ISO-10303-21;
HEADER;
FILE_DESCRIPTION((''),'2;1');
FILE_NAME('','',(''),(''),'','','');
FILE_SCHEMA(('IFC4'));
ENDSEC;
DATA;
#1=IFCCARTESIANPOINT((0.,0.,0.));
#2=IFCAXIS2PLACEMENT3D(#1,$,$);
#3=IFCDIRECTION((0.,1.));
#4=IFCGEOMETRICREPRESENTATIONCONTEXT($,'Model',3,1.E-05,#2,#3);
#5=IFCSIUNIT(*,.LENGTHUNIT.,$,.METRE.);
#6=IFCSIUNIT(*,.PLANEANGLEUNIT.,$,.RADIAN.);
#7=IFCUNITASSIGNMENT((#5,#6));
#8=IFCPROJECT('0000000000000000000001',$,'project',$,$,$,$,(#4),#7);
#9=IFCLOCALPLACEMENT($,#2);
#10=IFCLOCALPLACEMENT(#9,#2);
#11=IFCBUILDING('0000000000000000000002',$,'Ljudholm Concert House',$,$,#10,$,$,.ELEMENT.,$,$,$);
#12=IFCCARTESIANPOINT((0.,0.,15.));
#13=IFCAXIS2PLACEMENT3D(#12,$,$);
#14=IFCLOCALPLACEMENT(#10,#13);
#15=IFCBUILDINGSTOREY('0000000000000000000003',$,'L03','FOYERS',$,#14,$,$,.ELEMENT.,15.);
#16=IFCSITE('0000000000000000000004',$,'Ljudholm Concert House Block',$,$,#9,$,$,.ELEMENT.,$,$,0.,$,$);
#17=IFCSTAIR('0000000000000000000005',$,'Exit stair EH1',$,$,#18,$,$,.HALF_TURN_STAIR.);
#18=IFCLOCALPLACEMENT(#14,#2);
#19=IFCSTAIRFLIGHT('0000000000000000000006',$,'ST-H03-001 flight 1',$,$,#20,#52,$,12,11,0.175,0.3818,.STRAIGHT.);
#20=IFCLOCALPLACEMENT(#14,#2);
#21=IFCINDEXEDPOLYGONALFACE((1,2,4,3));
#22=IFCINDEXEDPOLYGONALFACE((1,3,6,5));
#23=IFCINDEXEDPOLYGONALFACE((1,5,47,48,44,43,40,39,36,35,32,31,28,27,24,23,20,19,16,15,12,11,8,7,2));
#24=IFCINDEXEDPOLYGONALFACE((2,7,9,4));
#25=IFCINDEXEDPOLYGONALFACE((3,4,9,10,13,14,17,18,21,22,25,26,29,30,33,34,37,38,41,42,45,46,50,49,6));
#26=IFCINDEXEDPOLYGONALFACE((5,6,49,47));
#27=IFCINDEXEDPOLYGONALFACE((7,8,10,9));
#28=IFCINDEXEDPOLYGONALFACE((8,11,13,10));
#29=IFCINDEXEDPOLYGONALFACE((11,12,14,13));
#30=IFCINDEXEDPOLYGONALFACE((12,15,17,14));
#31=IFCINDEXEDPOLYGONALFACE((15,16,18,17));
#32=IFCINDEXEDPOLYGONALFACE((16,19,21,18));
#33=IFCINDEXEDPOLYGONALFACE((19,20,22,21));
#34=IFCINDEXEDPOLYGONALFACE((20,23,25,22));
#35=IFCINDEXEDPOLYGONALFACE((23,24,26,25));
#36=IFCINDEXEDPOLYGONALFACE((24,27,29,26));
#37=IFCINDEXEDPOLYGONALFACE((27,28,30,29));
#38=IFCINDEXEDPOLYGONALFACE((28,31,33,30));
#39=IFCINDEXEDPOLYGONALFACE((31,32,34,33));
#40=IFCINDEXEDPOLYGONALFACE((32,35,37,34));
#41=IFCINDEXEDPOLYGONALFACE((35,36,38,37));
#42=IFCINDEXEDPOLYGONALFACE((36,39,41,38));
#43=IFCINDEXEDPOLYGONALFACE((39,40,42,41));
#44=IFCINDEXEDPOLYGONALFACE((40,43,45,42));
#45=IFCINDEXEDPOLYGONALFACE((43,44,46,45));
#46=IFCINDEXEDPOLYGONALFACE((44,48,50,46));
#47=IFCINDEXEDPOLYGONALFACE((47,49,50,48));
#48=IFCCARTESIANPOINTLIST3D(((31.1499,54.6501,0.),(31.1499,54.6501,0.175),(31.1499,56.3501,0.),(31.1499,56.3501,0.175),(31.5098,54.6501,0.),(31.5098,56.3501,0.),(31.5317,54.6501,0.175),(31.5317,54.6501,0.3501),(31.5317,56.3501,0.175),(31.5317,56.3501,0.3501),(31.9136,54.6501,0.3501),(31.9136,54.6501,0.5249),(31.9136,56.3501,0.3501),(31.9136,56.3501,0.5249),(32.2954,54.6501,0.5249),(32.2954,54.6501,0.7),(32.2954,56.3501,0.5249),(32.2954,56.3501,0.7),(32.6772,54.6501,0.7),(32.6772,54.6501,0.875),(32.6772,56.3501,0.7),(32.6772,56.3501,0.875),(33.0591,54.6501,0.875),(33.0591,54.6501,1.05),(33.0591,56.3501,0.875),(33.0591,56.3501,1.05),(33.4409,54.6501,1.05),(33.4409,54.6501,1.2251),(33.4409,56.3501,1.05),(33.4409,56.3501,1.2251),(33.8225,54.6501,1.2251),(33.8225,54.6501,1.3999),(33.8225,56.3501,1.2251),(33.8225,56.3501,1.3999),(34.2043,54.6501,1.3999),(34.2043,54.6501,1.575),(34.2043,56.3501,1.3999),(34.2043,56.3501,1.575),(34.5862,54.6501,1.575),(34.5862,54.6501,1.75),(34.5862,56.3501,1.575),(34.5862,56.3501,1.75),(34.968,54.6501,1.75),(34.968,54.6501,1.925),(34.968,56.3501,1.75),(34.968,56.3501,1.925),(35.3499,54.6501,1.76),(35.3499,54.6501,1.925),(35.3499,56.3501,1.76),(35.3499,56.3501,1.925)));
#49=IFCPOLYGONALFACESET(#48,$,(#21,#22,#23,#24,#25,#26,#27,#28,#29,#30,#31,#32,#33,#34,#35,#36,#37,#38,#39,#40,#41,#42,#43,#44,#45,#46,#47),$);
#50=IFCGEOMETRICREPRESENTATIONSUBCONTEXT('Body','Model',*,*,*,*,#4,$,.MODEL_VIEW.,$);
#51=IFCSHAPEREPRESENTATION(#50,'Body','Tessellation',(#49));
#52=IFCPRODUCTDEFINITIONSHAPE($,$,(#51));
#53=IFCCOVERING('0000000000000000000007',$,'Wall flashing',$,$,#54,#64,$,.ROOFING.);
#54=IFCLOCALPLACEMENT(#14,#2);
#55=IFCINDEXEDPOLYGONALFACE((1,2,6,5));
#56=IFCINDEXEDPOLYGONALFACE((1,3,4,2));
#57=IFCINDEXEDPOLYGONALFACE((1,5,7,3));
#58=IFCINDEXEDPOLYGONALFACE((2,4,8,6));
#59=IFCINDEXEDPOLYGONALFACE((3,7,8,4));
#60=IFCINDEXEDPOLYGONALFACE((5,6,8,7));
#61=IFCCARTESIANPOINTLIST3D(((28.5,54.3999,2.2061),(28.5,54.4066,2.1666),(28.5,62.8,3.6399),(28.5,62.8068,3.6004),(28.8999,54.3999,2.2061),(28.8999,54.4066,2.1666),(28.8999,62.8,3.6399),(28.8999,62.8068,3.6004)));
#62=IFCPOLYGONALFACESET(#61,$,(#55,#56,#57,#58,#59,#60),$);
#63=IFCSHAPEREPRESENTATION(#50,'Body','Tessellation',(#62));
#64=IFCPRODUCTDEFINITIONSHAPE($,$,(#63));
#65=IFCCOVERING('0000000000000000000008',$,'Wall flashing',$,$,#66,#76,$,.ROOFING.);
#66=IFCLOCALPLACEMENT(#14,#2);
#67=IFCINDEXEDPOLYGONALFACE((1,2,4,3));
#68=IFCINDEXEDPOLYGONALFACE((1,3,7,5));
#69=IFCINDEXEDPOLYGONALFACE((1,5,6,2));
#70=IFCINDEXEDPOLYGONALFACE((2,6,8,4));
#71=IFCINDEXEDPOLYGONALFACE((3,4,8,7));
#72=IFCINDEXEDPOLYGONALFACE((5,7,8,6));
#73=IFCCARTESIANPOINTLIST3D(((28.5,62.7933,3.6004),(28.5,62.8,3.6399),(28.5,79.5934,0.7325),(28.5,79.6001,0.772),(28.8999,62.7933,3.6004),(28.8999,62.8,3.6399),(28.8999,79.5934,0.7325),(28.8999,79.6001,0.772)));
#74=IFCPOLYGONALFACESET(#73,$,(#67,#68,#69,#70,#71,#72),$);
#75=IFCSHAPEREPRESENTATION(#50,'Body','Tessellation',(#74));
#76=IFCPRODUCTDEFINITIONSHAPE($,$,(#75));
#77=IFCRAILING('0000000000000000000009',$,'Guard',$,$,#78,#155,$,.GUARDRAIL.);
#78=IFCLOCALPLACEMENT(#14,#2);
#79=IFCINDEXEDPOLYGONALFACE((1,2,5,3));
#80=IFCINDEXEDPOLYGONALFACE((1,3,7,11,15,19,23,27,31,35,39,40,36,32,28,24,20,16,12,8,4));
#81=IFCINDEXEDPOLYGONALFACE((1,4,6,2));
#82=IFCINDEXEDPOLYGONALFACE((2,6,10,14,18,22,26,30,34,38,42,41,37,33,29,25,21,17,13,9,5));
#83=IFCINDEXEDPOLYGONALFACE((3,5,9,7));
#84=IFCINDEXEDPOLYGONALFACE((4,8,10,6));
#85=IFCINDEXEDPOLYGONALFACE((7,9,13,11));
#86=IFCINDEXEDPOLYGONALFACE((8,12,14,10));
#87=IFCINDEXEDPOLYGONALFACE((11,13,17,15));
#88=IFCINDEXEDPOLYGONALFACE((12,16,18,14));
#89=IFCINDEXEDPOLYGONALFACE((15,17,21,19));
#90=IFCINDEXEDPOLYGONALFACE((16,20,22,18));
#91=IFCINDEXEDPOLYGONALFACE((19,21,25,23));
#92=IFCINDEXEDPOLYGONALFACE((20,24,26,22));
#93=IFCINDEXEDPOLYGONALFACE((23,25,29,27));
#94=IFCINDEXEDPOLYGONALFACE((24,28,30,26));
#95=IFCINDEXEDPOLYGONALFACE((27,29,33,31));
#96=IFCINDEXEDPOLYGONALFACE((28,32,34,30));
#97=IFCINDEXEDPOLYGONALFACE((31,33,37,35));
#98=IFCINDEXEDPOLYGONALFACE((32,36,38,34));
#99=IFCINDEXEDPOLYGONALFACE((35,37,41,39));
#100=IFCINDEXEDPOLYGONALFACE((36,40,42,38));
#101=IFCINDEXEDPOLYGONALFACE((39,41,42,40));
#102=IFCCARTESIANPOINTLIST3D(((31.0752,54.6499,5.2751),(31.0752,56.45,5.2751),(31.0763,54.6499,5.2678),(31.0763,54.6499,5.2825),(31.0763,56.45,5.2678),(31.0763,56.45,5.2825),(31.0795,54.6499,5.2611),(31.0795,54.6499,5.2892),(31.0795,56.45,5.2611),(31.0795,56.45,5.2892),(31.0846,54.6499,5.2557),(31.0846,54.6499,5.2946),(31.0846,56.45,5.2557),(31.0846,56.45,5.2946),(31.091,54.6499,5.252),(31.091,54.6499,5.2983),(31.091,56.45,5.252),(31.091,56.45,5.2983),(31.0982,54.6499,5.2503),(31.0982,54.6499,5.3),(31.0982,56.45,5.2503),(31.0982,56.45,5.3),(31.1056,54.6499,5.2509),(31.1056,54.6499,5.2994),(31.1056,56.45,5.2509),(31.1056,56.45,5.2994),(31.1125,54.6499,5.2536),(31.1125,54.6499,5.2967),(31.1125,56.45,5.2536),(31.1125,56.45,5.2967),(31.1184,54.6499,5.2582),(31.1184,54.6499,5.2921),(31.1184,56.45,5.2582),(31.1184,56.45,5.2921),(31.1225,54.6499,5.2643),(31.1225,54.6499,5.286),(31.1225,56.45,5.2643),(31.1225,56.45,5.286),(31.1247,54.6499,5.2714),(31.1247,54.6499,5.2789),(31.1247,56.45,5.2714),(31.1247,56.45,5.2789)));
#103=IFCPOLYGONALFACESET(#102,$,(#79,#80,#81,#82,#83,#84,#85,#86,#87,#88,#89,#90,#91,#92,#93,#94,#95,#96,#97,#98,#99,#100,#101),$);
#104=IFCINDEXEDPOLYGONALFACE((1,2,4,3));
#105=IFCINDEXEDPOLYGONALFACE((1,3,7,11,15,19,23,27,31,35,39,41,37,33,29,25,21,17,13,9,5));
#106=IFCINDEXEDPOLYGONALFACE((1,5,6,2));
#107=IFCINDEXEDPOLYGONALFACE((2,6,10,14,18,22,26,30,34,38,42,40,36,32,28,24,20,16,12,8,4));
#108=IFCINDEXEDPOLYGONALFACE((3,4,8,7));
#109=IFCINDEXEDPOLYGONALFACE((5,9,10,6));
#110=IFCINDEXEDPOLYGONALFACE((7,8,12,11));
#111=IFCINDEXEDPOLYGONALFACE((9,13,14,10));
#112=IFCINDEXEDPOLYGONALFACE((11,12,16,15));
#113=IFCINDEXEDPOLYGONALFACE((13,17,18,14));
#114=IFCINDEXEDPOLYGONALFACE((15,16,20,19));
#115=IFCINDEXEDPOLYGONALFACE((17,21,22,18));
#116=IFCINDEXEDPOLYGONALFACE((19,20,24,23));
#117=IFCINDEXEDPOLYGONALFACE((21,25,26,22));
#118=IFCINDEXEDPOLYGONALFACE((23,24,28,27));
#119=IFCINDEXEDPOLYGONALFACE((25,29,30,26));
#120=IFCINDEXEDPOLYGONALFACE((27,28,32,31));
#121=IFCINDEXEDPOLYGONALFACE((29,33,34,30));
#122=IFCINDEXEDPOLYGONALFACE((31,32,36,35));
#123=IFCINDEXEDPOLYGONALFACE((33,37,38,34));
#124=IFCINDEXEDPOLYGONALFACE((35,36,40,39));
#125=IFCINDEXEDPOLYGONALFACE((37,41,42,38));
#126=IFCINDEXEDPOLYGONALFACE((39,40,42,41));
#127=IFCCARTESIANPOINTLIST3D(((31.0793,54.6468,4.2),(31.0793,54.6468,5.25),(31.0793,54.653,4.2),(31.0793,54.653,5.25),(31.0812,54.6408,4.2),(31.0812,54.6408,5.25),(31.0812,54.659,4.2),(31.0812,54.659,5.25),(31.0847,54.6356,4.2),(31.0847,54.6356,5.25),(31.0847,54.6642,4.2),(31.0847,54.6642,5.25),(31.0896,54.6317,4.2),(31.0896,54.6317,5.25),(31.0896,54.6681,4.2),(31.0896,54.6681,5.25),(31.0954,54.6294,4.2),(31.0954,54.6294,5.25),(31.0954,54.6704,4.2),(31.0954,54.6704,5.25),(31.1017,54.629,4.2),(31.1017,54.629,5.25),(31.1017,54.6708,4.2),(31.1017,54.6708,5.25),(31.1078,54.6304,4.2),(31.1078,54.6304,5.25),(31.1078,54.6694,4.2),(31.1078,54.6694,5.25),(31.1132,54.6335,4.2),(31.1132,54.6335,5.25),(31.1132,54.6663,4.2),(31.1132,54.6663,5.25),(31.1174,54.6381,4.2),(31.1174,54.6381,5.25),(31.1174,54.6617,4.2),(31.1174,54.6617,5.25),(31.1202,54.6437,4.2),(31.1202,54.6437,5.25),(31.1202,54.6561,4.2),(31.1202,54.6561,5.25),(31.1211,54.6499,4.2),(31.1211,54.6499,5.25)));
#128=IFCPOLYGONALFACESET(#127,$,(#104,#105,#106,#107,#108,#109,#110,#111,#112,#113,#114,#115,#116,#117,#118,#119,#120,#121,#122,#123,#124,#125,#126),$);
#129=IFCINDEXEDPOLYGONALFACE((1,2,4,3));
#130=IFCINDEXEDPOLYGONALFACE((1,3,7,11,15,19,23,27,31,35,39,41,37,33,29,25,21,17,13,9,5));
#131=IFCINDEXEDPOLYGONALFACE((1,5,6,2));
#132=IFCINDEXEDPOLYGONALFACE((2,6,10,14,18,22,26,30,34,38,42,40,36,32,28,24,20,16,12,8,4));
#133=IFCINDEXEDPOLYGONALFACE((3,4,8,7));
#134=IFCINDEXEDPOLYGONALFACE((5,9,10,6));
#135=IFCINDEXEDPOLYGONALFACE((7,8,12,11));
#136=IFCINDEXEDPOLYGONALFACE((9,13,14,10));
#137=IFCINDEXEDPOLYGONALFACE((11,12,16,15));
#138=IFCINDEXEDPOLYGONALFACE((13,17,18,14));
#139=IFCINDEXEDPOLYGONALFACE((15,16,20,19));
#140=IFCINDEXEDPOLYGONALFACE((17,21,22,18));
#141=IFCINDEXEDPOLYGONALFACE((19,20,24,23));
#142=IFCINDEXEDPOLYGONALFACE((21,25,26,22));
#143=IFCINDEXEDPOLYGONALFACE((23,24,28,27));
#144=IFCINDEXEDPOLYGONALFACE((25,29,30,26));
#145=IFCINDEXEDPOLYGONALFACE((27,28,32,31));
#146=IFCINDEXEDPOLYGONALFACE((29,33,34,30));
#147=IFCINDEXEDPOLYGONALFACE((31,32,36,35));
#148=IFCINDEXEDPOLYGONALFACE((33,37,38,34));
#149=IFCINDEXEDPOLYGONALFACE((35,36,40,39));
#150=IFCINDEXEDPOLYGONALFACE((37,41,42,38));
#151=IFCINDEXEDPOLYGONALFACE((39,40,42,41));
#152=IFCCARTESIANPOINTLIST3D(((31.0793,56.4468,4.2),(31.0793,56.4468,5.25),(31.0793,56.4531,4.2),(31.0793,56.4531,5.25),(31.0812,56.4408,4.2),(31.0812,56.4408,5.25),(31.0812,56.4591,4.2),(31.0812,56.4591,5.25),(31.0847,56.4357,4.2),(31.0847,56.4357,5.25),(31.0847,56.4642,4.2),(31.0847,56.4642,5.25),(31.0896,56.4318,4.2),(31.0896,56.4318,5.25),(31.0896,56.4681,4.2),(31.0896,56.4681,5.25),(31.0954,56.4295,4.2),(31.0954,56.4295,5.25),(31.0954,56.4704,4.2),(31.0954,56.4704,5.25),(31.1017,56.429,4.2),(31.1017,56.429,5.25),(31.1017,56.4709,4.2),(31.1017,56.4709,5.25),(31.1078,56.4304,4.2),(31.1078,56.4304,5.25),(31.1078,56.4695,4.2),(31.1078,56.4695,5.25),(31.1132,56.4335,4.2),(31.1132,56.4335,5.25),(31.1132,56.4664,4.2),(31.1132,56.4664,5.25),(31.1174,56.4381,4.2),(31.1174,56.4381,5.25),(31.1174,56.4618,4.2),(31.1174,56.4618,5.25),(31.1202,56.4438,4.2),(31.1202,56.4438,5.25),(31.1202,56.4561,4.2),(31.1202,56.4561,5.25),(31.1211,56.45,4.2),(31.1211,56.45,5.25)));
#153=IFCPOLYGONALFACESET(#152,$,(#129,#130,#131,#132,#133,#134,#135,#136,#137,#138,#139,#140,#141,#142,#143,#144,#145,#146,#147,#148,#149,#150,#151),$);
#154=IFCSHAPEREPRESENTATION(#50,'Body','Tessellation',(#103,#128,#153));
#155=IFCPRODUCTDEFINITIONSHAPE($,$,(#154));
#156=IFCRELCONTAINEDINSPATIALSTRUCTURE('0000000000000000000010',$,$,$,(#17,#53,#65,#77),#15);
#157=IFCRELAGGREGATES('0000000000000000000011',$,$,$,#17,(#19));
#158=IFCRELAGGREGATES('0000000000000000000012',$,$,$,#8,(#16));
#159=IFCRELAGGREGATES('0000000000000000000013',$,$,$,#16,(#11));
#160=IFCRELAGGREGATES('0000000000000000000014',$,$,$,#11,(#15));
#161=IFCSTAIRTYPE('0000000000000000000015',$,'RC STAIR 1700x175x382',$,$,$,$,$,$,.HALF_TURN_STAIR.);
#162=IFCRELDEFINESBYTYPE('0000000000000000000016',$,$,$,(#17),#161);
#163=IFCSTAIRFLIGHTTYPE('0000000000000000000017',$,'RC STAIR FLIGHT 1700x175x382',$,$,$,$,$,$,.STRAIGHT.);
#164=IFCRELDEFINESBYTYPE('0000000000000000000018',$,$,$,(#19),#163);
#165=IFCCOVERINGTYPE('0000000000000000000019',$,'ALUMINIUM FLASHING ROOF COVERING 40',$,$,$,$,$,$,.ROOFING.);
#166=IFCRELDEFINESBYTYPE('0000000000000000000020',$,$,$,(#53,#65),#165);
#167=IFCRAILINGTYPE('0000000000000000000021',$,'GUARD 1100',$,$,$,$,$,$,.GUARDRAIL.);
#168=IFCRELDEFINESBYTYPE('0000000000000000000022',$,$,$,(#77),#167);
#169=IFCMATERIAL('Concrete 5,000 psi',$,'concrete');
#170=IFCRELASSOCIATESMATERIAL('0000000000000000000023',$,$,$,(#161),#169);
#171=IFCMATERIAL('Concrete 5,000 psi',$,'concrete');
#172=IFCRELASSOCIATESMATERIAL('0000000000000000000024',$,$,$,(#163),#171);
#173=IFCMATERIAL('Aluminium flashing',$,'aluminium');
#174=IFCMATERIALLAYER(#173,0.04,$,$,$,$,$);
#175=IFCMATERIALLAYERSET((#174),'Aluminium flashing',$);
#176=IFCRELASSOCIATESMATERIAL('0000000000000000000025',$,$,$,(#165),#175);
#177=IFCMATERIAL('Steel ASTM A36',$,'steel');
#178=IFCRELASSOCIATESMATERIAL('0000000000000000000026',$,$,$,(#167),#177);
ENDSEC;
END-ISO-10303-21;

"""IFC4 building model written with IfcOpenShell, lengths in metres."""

from ifc_helpers import new_model, si_unit, direction, frame, origin, origin_2d, place, context, subcontext, project, spatial, polyline, circle, outline, extrude, material, layer, layer_set, type_object, element, aggregate, save


model = new_model("IFC4")

# Units and contexts
model_context = context("Model", 3, precision=1e-05, world=origin(), true_north=direction((0.0, 1.0)))
body_context = subcontext(model_context, "Body", "Model", "MODEL_VIEW")
ifc_project = project(units=[si_unit("LENGTHUNIT", "METRE"), si_unit("PLANEANGLEUNIT", "RADIAN")], contexts=[model_context])

# Site, building, storey
site_placement = place(None, origin())
site = spatial("IfcSite", under=ifc_project, at=site_placement, Name="Ljudholm Concert House Block", CompositionType="ELEMENT", RefElevation=0.0)
building_placement = place(site_placement, origin())
building = spatial("IfcBuilding", under=site, at=building_placement, Name="Ljudholm Concert House", CompositionType="ELEMENT")
storey_placement = place(building_placement, frame((0.0, 0.0, 15.0)))
storey = spatial("IfcBuildingStorey", under=building, at=storey_placement, Name="L03", Description="FOYERS", CompositionType="ELEMENT", Elevation=15.0)

# Stair, stair flight
ifc_material_1 = material(Name="Concrete 5,000 psi", Category="concrete")
stair_type = type_object("IfcStairType", Name="RC STAIR 1700x175x382", PredefinedType="HALF_TURN_STAIR", material=ifc_material_1)
stair_placement = place(storey_placement, origin())
stair = element("IfcStair", 1, at=stair_placement, inside=storey, type_object=stair_type, Name="Exit stair EH1", PredefinedType="HALF_TURN_STAIR")
ifc_material_2 = material(Name="Concrete 5,000 psi", Category="concrete")
stair_flight_type = type_object("IfcStairFlightType", Name="RC STAIR FLIGHT 1700x175x382", PredefinedType="STRAIGHT", material=ifc_material_2)
stair_flight_placement = place(storey_placement, frame((31.1499, 55.5, 0.0), z_axis=(0.0, 0.0, 1.0), x_axis=(1.0, 0.0, 0.0)))
stair_flight = element("IfcStairFlight", 2, at=stair_flight_placement, type_object=stair_flight_type, Name="ST-H03-001 flight 1", NumberOfRisers=12, NumberOfTreads=11, PredefinedType="STRAIGHT", RiserHeight=0.175, TreadLength=0.3818, context=body_context, shape_type="SweptSolid", body=[
    extrude(outline(polyline([(0.0, 0.0), (0.0, 0.175), (0.3818, 0.175), (0.3818, 0.3501), (0.7637, 0.3501), (0.7637, 0.5249), (1.1455, 0.5249), (1.1455, 0.7), (1.5273, 0.7), (1.5273, 0.875), (1.9092, 0.875), (1.9092, 1.05), (2.291, 1.05), (2.291, 1.2251), (2.6726, 1.2251), (2.6726, 1.3999), (3.0544, 1.3999), (3.0544, 1.575), (3.4363, 1.575), (3.4363, 1.75), (3.8181, 1.75), (3.8181, 1.925), (4.2, 1.925), (4.2, 2.1001), (4.2, 1.76), (0.3599, 0.0), (0.0, 0.0)])), frame((0.0, 0.8501, 0.0), z_axis=(0.0, -1.0, 0.0), x_axis=(1.0, 0.0, 0.0)), (0.0, 0.0, 1.0), 1.7),
])
aggregate(stair, [stair_flight])

# Coverings
ifc_material_3 = material(Name="Aluminium flashing", Category="aluminium")
ifc_layer_1 = layer(ifc_material_3, 0.04)
ifc_layer_set_1 = layer_set([ifc_layer_1], Name="Aluminium flashing")
covering_type = type_object("IfcCoveringType", Name="ALUMINIUM FLASHING ROOF COVERING 40", PredefinedType="ROOFING", material=ifc_layer_set_1)
covering_1_placement = place(storey_placement, frame((28.5, 54.3999, 2.2061), z_axis=(0.0, -0.168258, 0.985743), x_axis=(1.0, 0.0, 0.0)))
element("IfcCovering", 3, at=covering_1_placement, inside=storey, type_object=covering_type, Name="Wall flashing", PredefinedType="ROOFING", context=body_context, shape_type="SweptSolid", body=[
    extrude(outline(polyline([(0.0, 0.0), (0.3999, 0.0), (0.3999, 8.5216), (0.0, 8.5216), (0.0, 0.0)])), origin(), (0.0, 0.0, -1.0), 0.04),
])
covering_2_placement = place(storey_placement, frame((28.5, 62.8, 3.6399), z_axis=(0.0, 0.168275, 0.98574), x_axis=(1.0, 0.0, 0.0)))
element("IfcCovering", 4, at=covering_2_placement, inside=storey, type_object=covering_type, Name="Wall flashing", PredefinedType="ROOFING", context=body_context, shape_type="SweptSolid", body=[
    extrude(outline(polyline([(0.0, 0.0), (0.3999, 0.0), (0.3999, 17.0431), (0.0, 17.0431), (0.0, 0.0)])), origin(), (0.0, 0.0, -1.0), 0.04),
])

# Railing
ifc_material_4 = material(Name="Steel ASTM A36", Category="steel")
railing_type_1 = type_object("IfcRailingType", Name="GUARD 1100", PredefinedType="GUARDRAIL", material=ifc_material_4)
railing_1_placement = place(storey_placement, frame((31.1001, 54.6499, 4.2)))
element("IfcRailing", 5, at=railing_1_placement, inside=storey, type_object=railing_type_1, Name="Guard", PredefinedType="GUARDRAIL", context=body_context, shape_type="SweptSolid", body=[
    extrude(circle(Radius=0.0249, at=origin_2d()), frame((0.0, 0.0, 1.0752), z_axis=(0.0, 1.0, 0.0), x_axis=(-1.0, 0.0, 0.0)), (0.0, 0.0, 1.0), 1.8),
    extrude(circle(Radius=0.021, at=origin_2d()), origin(), (0.0, 0.0, 1.0), 1.05),
    extrude(circle(Radius=0.021, at=origin_2d()), frame((0.0, 1.8, 0.0)), (0.0, 0.0, 1.0), 1.05),
])

save(model, "model.ifc")
